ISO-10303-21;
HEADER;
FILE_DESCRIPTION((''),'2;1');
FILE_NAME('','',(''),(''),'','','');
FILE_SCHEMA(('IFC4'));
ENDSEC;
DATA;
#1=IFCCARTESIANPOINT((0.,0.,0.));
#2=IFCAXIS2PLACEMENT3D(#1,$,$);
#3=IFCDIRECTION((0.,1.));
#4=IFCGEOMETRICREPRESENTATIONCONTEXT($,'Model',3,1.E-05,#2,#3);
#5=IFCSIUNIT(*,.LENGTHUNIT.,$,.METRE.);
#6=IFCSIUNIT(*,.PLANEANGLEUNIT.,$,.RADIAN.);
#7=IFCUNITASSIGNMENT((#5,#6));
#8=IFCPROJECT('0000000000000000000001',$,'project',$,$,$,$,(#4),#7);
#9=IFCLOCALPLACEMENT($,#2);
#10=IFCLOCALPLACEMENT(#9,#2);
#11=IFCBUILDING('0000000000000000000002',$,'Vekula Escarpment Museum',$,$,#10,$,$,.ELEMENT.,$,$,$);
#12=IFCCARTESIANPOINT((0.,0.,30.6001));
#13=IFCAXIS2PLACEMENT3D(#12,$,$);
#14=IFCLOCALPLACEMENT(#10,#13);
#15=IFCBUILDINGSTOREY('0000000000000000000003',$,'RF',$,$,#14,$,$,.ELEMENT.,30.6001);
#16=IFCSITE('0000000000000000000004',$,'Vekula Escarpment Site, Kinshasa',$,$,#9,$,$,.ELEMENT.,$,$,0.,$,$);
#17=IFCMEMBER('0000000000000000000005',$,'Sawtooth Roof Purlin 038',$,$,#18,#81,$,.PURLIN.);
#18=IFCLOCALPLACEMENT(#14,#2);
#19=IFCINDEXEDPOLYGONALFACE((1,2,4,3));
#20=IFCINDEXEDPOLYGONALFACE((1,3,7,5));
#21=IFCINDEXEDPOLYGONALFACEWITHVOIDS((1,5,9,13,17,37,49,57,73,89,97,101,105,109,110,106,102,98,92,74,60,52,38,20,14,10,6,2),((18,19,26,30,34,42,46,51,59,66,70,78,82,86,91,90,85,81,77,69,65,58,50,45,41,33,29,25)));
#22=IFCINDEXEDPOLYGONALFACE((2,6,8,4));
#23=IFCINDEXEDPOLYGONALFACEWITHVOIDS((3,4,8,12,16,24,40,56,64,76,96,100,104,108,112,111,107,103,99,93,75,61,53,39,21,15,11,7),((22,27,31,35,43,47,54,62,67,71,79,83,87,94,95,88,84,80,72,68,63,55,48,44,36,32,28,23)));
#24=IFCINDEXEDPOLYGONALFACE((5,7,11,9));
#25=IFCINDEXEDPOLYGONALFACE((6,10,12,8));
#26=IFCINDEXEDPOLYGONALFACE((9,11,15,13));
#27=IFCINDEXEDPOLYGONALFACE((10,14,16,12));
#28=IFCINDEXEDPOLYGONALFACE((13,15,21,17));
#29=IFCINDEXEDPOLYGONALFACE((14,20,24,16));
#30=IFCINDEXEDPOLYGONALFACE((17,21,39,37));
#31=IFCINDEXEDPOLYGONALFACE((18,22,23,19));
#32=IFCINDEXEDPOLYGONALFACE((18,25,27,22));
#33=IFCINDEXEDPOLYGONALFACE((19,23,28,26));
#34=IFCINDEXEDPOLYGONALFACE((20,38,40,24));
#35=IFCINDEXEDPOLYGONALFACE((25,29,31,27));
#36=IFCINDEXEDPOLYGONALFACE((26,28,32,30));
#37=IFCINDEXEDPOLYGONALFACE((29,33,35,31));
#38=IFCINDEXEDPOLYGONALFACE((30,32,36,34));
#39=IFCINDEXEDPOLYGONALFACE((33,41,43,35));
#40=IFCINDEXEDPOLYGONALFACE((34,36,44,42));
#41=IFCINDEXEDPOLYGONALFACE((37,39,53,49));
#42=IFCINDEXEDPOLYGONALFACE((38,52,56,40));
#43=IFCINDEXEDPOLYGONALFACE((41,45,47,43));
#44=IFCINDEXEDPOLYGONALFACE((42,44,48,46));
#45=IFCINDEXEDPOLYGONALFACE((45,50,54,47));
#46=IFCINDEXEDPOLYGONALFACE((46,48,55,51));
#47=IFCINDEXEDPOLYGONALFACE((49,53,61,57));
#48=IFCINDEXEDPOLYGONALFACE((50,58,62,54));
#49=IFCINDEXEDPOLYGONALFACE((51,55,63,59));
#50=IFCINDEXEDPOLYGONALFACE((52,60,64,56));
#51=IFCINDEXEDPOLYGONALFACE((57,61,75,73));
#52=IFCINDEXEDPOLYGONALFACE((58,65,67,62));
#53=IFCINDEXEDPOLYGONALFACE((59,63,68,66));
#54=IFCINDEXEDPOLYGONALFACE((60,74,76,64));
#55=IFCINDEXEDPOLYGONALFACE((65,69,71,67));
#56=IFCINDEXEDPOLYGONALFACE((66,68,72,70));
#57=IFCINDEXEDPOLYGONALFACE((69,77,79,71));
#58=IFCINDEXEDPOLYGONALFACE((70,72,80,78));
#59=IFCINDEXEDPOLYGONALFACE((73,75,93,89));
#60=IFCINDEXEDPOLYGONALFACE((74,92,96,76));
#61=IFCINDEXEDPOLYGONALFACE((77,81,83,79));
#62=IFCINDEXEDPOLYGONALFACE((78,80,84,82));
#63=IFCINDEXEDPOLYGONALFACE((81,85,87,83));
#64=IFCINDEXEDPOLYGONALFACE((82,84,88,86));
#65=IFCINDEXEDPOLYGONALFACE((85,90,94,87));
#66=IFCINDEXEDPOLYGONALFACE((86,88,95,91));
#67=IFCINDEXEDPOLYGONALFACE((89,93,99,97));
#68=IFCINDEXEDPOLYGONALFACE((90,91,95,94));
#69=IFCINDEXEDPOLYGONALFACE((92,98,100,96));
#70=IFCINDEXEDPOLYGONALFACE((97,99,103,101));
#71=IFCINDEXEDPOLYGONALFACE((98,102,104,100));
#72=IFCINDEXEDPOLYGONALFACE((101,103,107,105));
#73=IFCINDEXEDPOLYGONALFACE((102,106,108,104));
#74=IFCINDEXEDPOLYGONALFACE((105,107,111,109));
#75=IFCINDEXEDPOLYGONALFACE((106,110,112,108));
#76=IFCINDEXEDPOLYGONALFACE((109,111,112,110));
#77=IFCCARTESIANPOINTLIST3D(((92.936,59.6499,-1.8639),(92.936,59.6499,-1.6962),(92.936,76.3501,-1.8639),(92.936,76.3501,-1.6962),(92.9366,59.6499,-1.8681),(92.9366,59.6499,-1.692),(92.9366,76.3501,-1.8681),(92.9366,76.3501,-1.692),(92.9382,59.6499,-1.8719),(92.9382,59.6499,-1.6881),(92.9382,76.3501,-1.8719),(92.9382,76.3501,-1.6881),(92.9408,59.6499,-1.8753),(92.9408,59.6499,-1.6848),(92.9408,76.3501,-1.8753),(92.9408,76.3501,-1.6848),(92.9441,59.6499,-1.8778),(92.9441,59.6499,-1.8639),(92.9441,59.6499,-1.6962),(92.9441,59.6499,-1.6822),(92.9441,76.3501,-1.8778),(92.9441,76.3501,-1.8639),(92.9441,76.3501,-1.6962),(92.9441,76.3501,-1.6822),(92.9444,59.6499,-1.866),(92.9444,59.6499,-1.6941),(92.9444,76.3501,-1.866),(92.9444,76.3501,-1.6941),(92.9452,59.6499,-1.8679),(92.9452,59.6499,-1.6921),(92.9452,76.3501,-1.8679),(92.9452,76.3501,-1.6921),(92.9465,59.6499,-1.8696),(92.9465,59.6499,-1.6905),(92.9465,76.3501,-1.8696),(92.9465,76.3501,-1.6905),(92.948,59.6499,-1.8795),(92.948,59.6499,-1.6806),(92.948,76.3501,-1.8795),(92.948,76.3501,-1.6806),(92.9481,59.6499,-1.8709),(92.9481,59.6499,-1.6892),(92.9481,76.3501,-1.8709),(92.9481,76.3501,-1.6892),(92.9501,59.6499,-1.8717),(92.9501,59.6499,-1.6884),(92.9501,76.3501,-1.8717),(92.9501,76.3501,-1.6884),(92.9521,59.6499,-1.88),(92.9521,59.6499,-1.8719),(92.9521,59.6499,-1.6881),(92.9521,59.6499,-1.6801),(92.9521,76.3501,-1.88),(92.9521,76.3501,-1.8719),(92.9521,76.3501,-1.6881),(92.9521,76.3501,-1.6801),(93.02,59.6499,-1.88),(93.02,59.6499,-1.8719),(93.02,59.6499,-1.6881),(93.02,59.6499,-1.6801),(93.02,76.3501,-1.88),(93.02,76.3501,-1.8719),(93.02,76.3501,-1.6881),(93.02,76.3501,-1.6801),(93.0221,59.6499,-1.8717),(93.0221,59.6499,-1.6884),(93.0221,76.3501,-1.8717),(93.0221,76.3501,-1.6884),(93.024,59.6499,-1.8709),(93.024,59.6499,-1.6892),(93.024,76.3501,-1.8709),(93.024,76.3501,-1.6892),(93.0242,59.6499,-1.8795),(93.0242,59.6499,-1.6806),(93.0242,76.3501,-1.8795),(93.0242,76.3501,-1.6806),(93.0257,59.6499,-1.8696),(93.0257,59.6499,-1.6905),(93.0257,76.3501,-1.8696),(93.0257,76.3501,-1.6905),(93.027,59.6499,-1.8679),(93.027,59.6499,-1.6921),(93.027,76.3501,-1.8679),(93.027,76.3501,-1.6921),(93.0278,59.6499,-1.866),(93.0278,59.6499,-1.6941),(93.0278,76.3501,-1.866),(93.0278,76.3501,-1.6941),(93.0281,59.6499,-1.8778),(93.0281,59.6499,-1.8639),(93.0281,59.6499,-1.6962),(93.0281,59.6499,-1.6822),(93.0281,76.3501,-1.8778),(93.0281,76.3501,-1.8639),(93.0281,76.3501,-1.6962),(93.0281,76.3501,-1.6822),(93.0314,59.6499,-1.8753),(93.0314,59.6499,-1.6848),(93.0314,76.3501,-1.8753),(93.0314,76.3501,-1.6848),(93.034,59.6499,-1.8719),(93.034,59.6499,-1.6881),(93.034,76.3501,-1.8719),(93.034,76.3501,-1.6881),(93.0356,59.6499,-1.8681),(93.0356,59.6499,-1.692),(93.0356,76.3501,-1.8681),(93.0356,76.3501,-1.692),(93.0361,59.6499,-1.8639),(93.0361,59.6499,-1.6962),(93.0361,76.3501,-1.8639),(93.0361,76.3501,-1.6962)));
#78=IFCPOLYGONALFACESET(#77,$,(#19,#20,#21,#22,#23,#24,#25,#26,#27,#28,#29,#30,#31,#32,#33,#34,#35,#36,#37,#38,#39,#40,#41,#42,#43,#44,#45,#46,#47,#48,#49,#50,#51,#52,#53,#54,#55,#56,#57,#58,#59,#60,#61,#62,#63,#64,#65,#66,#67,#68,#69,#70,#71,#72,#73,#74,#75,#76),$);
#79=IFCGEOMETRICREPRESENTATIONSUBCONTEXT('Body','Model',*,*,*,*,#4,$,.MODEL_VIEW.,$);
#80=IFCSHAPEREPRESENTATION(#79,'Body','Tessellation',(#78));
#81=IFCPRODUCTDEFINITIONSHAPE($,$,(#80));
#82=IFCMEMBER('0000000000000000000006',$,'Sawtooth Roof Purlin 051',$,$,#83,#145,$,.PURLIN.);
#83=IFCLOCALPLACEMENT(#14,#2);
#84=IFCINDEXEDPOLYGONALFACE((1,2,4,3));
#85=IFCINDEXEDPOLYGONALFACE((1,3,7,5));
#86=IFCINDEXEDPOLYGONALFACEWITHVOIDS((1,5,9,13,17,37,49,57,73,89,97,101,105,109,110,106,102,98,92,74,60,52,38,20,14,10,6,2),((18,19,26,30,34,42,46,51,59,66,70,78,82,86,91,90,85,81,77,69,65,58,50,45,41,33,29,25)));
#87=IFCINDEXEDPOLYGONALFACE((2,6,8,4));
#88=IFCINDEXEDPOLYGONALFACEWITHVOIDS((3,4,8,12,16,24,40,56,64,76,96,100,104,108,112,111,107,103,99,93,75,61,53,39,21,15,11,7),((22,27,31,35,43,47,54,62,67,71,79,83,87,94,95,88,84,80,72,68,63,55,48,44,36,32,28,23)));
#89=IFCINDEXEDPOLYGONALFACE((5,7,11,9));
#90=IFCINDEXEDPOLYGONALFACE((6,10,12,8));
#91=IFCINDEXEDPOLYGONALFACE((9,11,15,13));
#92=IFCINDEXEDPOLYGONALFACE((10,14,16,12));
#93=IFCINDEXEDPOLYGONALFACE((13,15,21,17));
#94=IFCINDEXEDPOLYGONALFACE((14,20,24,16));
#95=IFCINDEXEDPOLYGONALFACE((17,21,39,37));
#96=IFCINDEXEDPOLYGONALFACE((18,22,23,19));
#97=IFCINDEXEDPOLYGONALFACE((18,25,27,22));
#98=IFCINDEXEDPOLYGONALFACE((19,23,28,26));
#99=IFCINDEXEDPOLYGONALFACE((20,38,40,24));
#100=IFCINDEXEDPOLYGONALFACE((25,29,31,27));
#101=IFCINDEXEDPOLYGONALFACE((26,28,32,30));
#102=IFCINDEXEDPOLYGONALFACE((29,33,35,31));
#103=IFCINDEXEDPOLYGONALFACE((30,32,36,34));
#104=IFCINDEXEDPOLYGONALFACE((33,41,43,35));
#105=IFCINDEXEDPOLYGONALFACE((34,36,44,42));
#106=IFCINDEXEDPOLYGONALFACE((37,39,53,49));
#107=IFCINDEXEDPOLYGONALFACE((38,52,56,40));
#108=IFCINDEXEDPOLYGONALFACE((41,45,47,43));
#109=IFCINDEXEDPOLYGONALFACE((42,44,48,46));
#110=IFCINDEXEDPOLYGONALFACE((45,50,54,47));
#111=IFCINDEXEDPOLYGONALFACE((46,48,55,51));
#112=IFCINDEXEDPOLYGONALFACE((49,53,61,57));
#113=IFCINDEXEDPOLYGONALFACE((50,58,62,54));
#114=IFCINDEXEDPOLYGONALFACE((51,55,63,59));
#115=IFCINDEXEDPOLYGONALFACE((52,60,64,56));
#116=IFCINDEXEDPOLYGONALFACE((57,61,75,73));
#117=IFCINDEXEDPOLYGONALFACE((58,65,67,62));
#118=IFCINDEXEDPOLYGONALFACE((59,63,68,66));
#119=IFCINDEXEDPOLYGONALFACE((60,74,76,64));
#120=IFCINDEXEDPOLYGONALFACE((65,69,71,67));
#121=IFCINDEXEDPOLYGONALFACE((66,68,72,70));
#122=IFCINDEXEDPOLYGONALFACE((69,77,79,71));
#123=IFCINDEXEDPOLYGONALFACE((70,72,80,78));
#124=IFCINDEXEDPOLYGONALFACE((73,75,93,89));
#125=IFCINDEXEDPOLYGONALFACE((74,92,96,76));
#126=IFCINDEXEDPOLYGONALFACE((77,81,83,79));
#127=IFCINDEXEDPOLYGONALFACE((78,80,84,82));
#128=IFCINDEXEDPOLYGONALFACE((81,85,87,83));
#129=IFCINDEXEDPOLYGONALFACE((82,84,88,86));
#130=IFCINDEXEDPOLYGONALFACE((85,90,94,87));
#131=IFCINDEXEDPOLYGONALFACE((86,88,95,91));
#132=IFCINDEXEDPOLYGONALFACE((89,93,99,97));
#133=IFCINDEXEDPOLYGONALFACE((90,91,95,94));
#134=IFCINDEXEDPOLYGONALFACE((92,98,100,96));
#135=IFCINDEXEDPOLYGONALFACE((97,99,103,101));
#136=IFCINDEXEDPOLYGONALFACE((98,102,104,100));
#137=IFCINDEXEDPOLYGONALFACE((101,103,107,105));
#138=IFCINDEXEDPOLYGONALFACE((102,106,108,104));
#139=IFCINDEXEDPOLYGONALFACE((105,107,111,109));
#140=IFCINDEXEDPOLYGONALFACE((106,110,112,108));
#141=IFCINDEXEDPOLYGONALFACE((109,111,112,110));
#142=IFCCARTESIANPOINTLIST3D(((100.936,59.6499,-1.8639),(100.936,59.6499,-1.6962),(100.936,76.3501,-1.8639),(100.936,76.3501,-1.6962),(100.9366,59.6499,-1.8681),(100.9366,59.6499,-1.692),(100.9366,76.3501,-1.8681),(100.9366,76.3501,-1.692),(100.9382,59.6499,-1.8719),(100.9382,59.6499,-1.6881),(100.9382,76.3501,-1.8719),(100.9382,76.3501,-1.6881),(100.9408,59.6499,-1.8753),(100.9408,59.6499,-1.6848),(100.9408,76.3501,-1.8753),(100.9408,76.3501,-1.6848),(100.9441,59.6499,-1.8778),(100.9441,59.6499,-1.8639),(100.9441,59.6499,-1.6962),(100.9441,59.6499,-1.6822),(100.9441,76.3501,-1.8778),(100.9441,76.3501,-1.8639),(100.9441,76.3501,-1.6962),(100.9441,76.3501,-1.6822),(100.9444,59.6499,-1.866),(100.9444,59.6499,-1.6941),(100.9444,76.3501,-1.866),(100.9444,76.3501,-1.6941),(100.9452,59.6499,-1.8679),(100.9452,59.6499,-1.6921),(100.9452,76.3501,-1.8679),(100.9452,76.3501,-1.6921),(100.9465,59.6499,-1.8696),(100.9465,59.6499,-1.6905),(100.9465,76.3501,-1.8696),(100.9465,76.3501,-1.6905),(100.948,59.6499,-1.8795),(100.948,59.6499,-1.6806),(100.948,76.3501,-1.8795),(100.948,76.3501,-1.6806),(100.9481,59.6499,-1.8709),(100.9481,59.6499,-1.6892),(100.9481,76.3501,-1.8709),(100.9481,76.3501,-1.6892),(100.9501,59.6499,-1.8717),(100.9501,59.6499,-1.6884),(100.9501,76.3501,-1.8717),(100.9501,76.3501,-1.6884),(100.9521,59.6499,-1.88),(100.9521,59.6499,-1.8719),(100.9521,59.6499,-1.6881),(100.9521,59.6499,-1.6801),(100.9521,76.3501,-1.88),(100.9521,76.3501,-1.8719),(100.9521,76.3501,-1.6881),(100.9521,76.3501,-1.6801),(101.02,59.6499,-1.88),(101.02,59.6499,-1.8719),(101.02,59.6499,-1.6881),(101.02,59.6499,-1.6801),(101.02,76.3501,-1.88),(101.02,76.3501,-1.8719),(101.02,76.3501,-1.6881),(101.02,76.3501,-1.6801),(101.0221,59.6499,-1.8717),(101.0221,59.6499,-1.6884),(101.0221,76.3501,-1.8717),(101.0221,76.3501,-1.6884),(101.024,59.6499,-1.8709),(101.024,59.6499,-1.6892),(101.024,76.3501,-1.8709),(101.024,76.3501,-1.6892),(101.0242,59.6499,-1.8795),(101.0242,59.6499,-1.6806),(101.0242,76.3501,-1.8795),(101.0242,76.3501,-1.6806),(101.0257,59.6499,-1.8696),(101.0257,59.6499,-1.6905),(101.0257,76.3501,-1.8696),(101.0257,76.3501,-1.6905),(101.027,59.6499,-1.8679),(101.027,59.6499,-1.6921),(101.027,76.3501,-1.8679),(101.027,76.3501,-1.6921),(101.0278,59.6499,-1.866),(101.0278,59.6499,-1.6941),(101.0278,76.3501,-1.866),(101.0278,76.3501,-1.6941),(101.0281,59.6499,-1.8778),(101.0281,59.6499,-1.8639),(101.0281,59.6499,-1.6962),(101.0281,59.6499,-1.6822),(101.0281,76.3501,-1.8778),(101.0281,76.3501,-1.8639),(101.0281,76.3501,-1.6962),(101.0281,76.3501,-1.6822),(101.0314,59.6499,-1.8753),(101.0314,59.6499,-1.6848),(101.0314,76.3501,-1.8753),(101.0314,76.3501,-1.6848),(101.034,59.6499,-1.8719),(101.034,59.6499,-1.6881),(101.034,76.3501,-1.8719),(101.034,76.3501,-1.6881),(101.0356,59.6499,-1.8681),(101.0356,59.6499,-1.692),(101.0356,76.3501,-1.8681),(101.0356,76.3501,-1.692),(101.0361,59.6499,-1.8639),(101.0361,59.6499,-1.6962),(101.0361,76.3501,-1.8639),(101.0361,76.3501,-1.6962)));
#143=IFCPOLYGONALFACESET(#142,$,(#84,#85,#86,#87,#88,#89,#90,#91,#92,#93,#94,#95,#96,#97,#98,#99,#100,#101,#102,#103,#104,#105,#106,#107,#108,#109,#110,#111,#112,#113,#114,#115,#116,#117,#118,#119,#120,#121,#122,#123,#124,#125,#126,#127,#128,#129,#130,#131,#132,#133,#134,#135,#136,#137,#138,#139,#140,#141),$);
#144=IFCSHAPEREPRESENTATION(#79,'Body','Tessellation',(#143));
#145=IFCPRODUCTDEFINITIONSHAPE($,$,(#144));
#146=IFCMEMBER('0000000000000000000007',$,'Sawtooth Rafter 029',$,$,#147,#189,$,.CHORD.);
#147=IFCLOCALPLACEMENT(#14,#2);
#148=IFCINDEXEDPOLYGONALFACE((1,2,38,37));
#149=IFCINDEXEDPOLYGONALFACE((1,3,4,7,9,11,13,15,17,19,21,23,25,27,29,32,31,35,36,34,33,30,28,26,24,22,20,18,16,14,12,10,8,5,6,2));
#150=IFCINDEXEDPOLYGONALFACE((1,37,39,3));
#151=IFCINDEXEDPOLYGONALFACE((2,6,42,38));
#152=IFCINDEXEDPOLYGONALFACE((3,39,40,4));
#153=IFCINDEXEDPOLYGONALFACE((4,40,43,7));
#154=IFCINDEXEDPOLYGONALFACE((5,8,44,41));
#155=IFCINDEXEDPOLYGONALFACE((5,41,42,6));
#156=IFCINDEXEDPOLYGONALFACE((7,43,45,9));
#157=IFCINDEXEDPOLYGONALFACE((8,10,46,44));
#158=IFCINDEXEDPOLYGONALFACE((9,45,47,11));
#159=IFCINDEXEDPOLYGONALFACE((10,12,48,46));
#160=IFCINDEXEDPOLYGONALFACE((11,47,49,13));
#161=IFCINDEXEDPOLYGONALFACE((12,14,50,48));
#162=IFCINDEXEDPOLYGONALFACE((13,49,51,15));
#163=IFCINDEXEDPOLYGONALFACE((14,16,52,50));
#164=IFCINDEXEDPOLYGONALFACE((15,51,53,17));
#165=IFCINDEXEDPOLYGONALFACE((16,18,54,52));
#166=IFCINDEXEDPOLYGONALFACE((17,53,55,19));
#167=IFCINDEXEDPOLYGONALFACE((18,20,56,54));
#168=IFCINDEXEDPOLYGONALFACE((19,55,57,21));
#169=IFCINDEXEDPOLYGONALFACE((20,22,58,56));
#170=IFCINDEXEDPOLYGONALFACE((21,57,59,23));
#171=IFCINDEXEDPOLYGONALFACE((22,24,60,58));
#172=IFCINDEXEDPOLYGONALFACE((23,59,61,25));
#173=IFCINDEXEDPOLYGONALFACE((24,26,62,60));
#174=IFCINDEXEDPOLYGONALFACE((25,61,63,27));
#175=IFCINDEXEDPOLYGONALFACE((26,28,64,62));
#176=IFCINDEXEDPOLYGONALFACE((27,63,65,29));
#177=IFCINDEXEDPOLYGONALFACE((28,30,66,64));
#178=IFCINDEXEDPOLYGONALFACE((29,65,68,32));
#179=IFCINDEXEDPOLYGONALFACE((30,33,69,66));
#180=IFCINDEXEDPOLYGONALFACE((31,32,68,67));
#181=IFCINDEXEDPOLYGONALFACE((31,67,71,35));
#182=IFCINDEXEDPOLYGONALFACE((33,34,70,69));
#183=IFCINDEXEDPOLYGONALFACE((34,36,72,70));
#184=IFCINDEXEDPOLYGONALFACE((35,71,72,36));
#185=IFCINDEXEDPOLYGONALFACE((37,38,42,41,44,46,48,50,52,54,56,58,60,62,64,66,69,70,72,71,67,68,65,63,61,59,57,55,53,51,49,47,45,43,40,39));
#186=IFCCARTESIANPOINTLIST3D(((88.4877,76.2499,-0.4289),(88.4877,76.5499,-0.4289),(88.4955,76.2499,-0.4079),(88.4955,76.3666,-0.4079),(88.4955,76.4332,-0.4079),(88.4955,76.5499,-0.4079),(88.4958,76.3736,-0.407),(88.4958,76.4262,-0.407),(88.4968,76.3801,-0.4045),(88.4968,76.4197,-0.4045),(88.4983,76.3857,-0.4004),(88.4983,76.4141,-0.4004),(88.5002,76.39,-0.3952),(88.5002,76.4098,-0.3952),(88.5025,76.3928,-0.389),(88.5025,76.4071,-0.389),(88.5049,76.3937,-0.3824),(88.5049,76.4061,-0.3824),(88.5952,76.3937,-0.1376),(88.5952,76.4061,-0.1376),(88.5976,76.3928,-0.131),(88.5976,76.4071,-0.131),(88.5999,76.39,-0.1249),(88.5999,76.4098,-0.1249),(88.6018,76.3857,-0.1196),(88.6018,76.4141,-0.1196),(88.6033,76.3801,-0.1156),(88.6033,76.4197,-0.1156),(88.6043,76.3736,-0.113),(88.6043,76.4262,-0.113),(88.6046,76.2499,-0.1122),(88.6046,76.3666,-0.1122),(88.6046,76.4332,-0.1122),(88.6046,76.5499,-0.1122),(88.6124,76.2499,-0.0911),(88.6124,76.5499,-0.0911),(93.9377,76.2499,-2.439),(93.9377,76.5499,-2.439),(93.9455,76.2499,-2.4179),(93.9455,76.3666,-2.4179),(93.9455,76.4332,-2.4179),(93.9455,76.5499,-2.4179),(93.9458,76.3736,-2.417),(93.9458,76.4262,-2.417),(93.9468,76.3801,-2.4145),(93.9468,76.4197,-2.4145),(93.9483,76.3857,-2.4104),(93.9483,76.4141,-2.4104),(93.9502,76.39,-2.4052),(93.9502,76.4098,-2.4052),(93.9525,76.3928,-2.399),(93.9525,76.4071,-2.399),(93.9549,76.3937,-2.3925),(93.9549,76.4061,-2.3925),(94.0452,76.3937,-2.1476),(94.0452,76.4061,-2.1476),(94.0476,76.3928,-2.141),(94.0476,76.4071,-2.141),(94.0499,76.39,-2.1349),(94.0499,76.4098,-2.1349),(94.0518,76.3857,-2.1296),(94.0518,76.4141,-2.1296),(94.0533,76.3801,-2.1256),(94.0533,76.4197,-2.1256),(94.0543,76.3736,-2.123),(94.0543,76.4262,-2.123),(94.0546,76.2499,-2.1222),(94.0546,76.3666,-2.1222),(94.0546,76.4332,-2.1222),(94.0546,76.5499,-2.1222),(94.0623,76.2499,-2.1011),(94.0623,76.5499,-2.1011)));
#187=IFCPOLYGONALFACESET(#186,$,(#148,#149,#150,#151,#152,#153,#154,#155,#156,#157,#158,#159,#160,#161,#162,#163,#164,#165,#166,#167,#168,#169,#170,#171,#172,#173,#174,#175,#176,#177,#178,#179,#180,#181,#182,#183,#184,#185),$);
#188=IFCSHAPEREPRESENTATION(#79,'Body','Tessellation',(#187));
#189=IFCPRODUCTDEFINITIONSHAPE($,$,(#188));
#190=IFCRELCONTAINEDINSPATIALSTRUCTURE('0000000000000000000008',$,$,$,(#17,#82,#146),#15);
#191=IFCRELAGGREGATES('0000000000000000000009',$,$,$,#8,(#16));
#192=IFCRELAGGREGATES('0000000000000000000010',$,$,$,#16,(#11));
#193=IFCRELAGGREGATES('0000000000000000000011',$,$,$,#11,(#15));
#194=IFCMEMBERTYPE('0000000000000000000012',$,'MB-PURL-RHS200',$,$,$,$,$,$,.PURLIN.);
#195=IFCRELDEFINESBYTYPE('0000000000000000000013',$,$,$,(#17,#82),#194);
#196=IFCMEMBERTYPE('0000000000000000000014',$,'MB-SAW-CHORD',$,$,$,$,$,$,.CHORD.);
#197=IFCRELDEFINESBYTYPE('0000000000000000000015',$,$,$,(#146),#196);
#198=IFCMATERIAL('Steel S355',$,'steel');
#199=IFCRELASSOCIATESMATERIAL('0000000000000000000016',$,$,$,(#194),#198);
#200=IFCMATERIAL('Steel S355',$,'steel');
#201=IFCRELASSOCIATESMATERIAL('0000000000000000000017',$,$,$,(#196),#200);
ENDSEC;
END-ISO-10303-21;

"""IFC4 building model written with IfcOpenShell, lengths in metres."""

from ifc_helpers import new_model, si_unit, direction, frame, origin, origin_2d, place, context, subcontext, project, spatial, hollow_rectangle, i_section, extrude, material, material_profile, profile_set, type_object, element, save


model = new_model("IFC4")

# Units and contexts
model_context = context("Model", 3, precision=1e-05, world=origin(), true_north=direction((0.0, 1.0)))
body_context = subcontext(model_context, "Body", "Model", "MODEL_VIEW")
ifc_project = project(units=[si_unit("LENGTHUNIT", "METRE"), si_unit("PLANEANGLEUNIT", "RADIAN")], contexts=[model_context])

# Site, building, storey
site_placement = place(None, origin())
site = spatial("IfcSite", under=ifc_project, at=site_placement, Name="Vekula Escarpment Site, Kinshasa", CompositionType="ELEMENT", RefElevation=0.0)
building_placement = place(site_placement, origin())
building = spatial("IfcBuilding", under=site, at=building_placement, Name="Vekula Escarpment Museum", CompositionType="ELEMENT")
storey_placement = place(building_placement, frame((0.0, 0.0, 30.6001)))
storey = spatial("IfcBuildingStorey", under=building, at=storey_placement, Name="RF", CompositionType="ELEMENT", Elevation=30.6001)

# Members
ifc_material_1 = material(Name="Steel S355", Category="steel")
ifc_material_profile_1 = material_profile(ifc_material_1, hollow_rectangle(XDim=0.1001, YDim=0.2, WallThickness=0.0081, InnerFilletRadius=0.0081, OuterFilletRadius=0.0161, at=origin_2d()), Name="RHS 200x100x8")
ifc_profile_set_1 = profile_set([ifc_material_profile_1], Name="Steel S355")
member_type_1 = type_object("IfcMemberType", Name="MB-PURL-RHS200", PredefinedType="PURLIN", material=ifc_profile_set_1)
for number, where, z_axis, x_axis, name in (
    (1, (92.9861, 59.6499, -1.78), (0.0, 1.0, 0.0), (-1.0, 0.0, 0.0), "Sawtooth Roof Purlin 038"),
    (2, (100.9861, 59.6499, -1.78), (0.0, 1.0, 0.0), (-1.0, 0.0, 0.0), "Sawtooth Roof Purlin 051"),
):
    element("IfcMember", number, at=place(storey_placement, frame(where, z_axis=z_axis, x_axis=x_axis)), inside=storey, type_object=member_type_1, Name=name, PredefinedType="PURLIN", context=body_context, shape_type="SweptSolid", body=[
        extrude(hollow_rectangle(XDim=0.1001, YDim=0.2, WallThickness=0.0081, InnerFilletRadius=0.0081, OuterFilletRadius=0.0161, at=origin_2d()), origin(), (0.0, 0.0, 1.0), 16.7002),
    ])
ifc_material_2 = material(Name="Steel S355", Category="steel")
ifc_material_profile_2 = material_profile(ifc_material_2, i_section(OverallWidth=0.3, OverallDepth=0.3601, WebThickness=0.0125, FlangeThickness=0.0225, FilletRadius=0.0271, at=origin_2d()), Name="HEB 360")
ifc_profile_set_2 = profile_set([ifc_material_profile_2], Name="Steel S355")
member_type_2 = type_object("IfcMemberType", Name="MB-SAW-CHORD", PredefinedType="CHORD", material=ifc_profile_set_2)
for number, where, z_axis, x_axis, name in (
    (3, (88.55, 76.3999, -0.26), (0.938224, 0.0, -0.346029), (0.0, 1.0, 0.0), "Sawtooth Rafter 029"),
):
    element("IfcMember", number, at=place(storey_placement, frame(where, z_axis=z_axis, x_axis=x_axis)), inside=storey, type_object=member_type_2, Name=name, PredefinedType="CHORD", context=body_context, shape_type="SweptSolid", body=[
        extrude(i_section(OverallWidth=0.3, OverallDepth=0.3601, WebThickness=0.0125, FlangeThickness=0.0225, FilletRadius=0.0271, at=origin_2d()), origin(), (0.0, 0.0, 1.0), 5.8088),
    ])

save(model, "model.ifc")
